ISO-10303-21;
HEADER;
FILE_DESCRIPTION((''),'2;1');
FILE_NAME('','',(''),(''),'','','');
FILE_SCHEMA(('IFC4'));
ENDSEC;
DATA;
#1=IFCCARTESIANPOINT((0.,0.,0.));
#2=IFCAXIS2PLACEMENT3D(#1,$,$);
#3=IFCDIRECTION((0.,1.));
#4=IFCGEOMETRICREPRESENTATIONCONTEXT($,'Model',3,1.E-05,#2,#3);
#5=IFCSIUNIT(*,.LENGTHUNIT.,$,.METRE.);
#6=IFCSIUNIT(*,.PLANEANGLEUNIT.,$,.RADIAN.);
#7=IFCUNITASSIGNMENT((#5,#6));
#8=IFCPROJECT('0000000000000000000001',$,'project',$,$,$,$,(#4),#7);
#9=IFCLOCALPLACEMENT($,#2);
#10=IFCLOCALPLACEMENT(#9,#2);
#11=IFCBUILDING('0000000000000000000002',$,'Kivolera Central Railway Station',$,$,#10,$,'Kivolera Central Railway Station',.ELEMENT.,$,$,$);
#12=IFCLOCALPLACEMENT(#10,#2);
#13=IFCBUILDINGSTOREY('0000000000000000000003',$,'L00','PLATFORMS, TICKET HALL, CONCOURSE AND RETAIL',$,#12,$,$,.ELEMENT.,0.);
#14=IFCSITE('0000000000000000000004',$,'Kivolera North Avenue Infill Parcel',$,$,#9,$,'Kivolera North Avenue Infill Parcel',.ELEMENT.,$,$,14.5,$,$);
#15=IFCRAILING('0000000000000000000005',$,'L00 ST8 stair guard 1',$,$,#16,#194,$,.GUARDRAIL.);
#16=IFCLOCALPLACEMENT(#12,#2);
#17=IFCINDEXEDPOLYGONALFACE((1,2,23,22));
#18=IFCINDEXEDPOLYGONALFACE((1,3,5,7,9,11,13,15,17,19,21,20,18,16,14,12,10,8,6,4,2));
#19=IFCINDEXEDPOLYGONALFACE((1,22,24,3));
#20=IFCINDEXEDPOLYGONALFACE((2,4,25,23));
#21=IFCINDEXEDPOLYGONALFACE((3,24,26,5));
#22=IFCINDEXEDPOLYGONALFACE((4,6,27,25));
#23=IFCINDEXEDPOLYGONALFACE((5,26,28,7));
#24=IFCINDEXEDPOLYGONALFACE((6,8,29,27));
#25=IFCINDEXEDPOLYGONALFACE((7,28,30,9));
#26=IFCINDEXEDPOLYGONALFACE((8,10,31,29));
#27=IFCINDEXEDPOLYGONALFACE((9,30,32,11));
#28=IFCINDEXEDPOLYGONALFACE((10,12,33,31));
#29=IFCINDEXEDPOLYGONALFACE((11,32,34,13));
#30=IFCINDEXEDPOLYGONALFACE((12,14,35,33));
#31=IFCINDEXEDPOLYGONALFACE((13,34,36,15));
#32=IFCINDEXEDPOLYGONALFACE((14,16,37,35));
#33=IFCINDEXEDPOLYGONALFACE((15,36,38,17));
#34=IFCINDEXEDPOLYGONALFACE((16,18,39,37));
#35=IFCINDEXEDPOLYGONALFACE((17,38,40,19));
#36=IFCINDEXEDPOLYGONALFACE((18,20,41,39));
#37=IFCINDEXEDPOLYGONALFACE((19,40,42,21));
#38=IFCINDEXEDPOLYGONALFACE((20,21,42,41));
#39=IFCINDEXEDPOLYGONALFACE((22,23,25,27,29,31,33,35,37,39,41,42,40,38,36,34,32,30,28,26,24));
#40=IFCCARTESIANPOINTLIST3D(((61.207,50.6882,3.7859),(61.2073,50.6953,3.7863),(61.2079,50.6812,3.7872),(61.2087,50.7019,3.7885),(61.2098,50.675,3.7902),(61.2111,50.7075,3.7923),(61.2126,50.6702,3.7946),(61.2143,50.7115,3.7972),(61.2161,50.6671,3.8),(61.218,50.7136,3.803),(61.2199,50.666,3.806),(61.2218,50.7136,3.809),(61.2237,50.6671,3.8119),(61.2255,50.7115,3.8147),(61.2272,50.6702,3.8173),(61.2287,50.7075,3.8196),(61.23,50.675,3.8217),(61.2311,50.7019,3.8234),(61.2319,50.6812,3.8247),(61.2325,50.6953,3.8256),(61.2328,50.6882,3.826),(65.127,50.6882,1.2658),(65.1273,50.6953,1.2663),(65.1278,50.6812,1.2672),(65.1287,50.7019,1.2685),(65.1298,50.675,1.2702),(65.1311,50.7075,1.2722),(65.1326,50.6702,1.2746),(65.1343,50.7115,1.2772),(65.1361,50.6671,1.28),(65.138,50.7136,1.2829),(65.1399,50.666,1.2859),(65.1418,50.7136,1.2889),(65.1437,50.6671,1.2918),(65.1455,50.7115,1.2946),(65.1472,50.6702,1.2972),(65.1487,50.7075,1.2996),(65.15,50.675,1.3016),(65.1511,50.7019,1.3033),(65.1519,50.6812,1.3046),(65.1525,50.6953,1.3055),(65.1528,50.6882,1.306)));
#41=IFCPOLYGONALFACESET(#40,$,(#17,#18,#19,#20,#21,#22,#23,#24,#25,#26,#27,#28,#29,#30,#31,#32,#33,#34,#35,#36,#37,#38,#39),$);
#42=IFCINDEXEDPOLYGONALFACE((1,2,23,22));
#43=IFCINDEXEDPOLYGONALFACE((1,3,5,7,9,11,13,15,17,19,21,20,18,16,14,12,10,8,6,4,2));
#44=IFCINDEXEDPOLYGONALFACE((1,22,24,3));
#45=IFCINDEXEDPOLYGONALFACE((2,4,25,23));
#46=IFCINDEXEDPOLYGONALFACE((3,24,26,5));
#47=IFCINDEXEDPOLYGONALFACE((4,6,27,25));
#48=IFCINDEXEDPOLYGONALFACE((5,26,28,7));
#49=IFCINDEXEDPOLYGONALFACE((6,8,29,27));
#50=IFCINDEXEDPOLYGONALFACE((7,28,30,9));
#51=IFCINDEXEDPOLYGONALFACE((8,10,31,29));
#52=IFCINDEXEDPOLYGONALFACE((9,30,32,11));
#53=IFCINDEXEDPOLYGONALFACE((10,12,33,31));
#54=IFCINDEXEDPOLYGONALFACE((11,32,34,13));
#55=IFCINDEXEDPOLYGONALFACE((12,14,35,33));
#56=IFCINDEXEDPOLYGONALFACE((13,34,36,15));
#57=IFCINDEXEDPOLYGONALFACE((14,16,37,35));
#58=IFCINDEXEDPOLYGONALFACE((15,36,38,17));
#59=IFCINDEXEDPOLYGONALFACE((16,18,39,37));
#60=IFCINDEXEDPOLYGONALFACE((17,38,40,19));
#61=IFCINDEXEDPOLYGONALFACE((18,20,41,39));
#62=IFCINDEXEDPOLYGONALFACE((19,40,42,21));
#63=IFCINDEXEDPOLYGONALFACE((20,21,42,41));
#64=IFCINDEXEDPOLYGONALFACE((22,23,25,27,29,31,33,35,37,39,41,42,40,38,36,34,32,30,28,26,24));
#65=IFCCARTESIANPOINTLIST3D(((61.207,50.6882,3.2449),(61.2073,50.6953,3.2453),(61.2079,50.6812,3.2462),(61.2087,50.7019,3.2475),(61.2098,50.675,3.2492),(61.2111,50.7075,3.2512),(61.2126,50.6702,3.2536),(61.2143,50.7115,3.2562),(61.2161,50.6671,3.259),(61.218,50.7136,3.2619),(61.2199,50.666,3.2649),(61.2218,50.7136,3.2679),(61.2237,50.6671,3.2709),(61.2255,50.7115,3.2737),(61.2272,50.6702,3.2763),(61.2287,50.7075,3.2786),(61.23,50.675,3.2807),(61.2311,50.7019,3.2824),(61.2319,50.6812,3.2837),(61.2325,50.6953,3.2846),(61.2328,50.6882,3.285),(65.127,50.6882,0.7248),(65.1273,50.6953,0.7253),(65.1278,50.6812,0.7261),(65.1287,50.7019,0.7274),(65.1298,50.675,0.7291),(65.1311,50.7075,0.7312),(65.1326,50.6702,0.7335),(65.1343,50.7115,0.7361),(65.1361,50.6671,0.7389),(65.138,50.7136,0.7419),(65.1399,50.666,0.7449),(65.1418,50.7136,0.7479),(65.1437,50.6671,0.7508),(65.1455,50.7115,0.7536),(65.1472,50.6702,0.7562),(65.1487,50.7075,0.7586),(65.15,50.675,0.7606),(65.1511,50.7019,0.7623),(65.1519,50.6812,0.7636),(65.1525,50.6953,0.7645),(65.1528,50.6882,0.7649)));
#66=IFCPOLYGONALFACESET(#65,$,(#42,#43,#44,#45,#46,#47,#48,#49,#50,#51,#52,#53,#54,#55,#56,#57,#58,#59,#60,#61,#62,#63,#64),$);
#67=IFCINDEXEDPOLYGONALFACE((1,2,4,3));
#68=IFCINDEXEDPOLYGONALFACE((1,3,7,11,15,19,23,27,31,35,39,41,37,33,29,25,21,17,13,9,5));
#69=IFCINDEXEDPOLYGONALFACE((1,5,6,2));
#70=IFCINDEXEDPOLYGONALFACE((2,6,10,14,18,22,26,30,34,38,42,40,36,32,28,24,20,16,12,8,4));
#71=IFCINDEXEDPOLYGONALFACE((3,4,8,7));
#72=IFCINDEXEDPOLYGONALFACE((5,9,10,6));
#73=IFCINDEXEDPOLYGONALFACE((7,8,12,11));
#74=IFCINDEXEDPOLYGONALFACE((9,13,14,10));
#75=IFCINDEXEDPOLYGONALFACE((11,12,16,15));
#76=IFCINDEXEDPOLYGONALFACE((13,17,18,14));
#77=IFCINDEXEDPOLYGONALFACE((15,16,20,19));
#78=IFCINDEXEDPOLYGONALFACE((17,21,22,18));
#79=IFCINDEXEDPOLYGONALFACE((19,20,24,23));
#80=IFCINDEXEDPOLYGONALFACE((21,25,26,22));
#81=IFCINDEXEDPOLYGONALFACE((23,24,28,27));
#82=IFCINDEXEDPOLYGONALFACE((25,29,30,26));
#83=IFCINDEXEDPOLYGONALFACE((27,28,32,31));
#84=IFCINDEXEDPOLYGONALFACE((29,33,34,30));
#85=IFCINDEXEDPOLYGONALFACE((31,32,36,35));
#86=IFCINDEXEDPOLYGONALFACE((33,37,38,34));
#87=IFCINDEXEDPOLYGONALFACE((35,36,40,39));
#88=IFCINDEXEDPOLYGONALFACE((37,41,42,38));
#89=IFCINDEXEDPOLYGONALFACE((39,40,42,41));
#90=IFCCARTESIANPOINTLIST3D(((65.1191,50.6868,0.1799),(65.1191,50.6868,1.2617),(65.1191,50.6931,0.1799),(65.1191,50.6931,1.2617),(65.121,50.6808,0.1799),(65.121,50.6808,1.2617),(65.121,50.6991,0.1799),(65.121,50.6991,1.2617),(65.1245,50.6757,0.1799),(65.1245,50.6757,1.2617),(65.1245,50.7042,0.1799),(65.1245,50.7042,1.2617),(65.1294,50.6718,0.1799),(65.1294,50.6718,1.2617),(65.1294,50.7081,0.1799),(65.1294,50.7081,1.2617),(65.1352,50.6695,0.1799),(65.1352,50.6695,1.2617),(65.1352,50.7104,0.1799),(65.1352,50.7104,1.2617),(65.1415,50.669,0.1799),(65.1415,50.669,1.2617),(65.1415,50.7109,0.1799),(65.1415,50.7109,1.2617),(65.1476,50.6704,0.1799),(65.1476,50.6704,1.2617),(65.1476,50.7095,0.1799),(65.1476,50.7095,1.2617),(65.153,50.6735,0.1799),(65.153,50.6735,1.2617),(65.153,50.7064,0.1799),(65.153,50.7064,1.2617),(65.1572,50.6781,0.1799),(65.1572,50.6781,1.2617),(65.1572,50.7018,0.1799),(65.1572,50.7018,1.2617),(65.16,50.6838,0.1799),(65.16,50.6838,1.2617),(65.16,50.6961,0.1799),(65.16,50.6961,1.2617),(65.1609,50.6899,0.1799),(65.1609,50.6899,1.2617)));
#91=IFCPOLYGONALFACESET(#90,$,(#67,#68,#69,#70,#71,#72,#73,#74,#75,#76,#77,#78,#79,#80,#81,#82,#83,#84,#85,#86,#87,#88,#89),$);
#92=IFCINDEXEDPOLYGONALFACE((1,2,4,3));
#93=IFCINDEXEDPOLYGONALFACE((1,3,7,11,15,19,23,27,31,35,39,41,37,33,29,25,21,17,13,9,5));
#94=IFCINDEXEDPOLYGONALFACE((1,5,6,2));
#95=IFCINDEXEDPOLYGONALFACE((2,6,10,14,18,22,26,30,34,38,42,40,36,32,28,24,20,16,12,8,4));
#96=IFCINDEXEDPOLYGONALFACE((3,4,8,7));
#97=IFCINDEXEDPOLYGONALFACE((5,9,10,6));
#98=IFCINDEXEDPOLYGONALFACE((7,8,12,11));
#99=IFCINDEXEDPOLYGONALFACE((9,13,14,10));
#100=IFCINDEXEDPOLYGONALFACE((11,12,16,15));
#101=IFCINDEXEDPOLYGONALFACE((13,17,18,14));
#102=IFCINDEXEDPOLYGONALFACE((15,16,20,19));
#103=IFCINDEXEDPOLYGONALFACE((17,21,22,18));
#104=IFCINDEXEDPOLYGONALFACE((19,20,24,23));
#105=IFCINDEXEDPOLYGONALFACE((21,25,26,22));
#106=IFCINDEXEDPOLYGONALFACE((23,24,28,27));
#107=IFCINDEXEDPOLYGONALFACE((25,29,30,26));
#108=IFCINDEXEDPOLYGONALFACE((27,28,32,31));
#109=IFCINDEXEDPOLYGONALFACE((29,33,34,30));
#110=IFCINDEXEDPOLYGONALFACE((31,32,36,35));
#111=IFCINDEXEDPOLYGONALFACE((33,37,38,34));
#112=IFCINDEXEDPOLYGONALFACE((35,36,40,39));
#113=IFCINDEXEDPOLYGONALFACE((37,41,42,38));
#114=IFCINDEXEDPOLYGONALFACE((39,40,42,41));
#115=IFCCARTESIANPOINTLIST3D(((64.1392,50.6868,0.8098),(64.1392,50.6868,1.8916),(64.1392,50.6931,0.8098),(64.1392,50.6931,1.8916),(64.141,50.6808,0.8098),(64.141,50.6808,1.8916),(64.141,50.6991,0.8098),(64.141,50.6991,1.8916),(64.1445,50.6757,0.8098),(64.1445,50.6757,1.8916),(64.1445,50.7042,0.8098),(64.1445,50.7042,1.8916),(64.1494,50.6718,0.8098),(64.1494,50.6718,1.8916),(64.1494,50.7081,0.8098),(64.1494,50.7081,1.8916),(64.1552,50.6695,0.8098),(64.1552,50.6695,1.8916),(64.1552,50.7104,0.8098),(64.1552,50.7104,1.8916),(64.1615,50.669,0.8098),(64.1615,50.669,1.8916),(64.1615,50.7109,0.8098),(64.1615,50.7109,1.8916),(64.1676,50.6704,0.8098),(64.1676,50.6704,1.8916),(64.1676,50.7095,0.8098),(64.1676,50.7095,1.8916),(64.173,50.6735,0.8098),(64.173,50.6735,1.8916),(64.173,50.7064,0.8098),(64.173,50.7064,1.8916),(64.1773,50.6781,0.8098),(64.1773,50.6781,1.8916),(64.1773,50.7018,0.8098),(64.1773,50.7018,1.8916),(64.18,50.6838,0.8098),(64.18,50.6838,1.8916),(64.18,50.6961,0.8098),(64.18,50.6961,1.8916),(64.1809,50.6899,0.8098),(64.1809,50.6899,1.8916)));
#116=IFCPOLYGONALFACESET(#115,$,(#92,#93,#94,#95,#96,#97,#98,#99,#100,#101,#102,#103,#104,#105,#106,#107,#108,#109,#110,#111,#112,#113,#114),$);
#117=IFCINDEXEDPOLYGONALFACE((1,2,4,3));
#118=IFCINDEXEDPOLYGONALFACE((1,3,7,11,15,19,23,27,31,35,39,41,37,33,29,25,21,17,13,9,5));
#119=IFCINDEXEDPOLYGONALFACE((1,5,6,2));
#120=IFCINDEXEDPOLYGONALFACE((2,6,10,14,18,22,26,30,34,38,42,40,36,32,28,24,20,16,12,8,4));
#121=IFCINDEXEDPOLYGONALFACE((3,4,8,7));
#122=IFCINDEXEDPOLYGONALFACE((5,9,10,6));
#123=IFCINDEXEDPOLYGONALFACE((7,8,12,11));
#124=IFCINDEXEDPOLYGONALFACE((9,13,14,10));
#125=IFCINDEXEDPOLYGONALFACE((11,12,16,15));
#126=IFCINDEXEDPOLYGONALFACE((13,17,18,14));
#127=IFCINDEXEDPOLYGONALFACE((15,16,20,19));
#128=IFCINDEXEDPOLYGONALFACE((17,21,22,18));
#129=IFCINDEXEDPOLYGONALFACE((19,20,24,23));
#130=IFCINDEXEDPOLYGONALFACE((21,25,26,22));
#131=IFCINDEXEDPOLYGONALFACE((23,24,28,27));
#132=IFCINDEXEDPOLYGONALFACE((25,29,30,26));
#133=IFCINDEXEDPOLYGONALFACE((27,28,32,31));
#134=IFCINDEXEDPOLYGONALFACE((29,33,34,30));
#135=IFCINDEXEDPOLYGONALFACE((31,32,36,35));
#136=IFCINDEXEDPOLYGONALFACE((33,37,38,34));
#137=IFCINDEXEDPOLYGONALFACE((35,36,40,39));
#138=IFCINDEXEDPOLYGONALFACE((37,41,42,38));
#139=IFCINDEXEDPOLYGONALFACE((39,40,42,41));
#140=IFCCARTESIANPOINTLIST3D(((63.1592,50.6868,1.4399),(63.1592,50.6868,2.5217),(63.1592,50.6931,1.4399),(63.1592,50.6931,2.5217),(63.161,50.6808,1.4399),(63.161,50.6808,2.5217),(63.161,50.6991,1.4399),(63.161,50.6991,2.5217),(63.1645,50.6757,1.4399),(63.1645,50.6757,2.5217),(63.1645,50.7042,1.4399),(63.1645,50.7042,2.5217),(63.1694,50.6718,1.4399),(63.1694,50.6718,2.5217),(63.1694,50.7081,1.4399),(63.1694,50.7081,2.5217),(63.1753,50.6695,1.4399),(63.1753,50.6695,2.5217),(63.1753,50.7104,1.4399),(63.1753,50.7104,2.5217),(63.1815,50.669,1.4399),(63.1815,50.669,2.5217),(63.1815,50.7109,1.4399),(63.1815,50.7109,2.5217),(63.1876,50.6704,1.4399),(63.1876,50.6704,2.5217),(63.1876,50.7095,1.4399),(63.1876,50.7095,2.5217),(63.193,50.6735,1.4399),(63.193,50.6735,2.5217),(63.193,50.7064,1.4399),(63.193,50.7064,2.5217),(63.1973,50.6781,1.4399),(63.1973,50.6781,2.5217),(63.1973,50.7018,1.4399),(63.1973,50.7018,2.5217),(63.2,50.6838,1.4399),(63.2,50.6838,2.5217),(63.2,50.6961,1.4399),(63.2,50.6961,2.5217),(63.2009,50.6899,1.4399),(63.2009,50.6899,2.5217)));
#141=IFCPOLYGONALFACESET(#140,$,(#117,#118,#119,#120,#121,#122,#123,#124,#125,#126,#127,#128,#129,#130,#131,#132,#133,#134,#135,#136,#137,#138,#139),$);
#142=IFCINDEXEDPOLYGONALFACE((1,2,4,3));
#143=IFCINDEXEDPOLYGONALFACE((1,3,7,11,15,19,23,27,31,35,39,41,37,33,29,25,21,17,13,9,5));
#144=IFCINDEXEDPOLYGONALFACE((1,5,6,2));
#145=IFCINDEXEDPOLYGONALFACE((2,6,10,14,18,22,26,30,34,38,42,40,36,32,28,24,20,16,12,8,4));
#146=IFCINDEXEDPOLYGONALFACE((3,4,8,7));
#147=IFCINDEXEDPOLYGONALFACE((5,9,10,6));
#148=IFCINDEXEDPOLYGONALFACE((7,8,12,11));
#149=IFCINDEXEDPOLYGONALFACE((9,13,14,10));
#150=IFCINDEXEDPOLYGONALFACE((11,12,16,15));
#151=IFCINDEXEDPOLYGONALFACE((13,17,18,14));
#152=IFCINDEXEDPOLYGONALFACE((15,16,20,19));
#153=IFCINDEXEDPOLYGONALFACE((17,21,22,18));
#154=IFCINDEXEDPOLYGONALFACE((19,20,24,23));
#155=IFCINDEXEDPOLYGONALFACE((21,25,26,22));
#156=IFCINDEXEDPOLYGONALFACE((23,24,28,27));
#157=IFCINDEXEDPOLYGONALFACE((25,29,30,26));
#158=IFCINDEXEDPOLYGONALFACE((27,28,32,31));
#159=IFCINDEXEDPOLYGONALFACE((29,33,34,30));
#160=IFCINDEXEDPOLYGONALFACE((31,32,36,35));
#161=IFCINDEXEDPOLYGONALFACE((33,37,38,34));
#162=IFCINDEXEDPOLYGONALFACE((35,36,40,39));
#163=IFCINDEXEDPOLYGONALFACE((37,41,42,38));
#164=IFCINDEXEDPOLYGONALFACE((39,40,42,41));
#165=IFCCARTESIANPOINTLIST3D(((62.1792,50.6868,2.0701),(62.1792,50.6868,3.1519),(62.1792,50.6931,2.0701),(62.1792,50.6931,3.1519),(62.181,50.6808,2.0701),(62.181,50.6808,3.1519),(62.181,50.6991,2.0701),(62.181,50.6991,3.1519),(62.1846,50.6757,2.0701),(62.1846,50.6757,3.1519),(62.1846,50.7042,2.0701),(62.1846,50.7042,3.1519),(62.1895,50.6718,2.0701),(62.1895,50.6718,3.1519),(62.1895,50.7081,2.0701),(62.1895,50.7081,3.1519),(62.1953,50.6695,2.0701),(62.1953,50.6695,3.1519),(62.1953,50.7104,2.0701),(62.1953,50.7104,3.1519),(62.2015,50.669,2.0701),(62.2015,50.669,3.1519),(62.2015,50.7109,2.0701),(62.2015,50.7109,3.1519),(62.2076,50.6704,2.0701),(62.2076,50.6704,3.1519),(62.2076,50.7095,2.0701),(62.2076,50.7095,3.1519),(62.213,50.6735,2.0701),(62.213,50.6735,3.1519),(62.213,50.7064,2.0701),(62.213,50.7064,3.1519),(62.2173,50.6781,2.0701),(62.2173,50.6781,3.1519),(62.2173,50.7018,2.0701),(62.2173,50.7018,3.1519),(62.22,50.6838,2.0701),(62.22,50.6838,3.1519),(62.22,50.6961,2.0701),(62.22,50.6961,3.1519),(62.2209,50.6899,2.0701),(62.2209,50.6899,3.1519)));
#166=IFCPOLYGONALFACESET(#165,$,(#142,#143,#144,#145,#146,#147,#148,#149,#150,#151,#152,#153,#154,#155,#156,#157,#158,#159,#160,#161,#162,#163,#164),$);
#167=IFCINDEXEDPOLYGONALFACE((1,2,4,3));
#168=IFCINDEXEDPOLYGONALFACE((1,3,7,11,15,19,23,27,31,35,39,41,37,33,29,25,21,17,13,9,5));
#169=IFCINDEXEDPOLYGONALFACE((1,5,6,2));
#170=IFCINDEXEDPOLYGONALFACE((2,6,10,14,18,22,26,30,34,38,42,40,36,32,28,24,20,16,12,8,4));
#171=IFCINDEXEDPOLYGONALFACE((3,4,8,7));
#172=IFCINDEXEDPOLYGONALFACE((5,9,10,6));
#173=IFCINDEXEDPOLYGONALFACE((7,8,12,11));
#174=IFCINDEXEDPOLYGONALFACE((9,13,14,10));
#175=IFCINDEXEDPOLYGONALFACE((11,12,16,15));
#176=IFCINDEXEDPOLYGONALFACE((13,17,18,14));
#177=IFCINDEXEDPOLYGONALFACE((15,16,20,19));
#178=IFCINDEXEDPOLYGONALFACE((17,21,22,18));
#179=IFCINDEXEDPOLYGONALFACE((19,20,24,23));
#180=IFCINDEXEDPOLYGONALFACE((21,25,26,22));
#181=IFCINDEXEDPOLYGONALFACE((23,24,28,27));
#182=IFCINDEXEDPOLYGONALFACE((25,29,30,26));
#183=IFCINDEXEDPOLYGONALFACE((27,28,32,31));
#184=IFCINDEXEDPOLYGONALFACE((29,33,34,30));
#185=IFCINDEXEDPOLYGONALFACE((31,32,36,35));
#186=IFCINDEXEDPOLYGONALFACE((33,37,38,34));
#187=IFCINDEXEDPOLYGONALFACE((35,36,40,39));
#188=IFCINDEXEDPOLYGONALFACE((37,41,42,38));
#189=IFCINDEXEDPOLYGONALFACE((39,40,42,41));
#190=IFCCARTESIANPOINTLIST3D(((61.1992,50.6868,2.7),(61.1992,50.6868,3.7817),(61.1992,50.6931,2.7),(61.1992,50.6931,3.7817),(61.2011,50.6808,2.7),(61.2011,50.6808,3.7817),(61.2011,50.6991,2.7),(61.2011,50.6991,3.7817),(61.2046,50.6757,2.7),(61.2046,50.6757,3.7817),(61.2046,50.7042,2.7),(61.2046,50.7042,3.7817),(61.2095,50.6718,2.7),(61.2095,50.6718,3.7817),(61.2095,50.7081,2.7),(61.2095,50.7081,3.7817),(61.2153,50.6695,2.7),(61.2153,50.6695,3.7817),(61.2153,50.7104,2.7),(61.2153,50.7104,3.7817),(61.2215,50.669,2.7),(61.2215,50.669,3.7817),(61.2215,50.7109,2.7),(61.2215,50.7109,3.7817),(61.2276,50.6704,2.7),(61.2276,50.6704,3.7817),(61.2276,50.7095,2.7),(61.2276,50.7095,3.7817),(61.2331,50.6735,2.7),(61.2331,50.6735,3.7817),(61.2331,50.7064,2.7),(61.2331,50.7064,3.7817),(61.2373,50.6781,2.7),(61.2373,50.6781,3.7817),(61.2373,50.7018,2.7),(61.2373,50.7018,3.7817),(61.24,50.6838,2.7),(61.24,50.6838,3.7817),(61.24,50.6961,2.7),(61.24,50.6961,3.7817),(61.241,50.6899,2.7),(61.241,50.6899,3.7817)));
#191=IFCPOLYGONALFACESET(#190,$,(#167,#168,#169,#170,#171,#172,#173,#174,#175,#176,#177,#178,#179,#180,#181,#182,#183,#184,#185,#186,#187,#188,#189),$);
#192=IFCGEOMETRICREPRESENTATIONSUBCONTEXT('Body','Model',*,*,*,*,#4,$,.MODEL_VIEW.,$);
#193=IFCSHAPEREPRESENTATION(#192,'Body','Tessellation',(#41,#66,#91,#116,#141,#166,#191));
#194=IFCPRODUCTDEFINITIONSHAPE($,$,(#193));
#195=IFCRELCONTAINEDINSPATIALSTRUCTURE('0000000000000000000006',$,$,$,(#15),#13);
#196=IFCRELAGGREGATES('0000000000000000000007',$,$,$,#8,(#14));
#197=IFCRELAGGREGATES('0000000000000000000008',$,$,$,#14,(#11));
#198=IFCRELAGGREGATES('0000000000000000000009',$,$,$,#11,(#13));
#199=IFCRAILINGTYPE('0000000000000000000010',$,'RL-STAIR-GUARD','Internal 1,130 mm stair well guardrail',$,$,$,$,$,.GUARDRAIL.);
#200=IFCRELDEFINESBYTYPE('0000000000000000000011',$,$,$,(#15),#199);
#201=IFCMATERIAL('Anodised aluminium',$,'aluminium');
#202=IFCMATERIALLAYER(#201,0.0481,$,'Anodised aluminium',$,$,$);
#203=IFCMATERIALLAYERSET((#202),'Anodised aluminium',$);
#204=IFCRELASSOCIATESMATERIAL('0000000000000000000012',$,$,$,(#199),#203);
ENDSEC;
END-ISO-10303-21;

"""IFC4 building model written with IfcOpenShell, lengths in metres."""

from ifc_helpers import new_model, si_unit, direction, frame, origin, origin_2d, place, context, subcontext, project, spatial, circle, extrude, material, layer, layer_set, type_object, element, save


model = new_model("IFC4")

# Units and contexts
model_context = context("Model", 3, precision=1e-05, world=origin(), true_north=direction((0.0, 1.0)))
body_context = subcontext(model_context, "Body", "Model", "MODEL_VIEW")
ifc_project = project(units=[si_unit("LENGTHUNIT", "METRE"), si_unit("PLANEANGLEUNIT", "RADIAN")], contexts=[model_context])

# Site, building, storey
site_placement = place(None, origin())
site = spatial("IfcSite", under=ifc_project, at=site_placement, Name="Kivolera North Avenue Infill Parcel", LongName="Kivolera North Avenue Infill Parcel", CompositionType="ELEMENT", RefElevation=14.5)
building_placement = place(site_placement, origin())
building = spatial("IfcBuilding", under=site, at=building_placement, Name="Kivolera Central Railway Station", LongName="Kivolera Central Railway Station", CompositionType="ELEMENT")
storey_placement = place(building_placement, origin())
storey = spatial("IfcBuildingStorey", under=building, at=storey_placement, Name="L00", Description="PLATFORMS, TICKET HALL, CONCOURSE AND RETAIL", CompositionType="ELEMENT", Elevation=0.0)

# Railing
ifc_material_1 = material(Name="Anodised aluminium", Category="aluminium")
ifc_layer_1 = layer(ifc_material_1, 0.0481, Name="Anodised aluminium")
ifc_layer_set_1 = layer_set([ifc_layer_1], Name="Anodised aluminium")
railing_type_1 = type_object("IfcRailingType", Name="RL-STAIR-GUARD", Description="Internal 1,130 mm stair well guardrail", PredefinedType="GUARDRAIL", material=ifc_layer_set_1)
railing_1_placement = place(storey_placement, frame((65.1399, 50.6899, 0.1799)))
element("IfcRailing", 1, at=railing_1_placement, inside=storey, type_object=railing_type_1, Name="L00 ST8 stair guard 1", PredefinedType="GUARDRAIL", context=body_context, shape_type="SweptSolid", body=[
    extrude(circle(Radius=0.0239, at=origin_2d()), frame((0.0, 0.0, 1.106), z_axis=(-0.841172, 0.0, 0.540768), x_axis=(0.0, -1.0, 0.0)), (0.0, 0.0, 1.0), 4.6602),
    extrude(circle(Radius=0.0239, at=origin_2d()), frame((0.0, 0.0, 0.5649), z_axis=(-0.841172, 0.0, 0.540768), x_axis=(0.0, -1.0, 0.0)), (0.0, 0.0, 1.0), 4.6602),
    extrude(circle(Radius=0.021, at=origin_2d()), origin(), (0.0, 0.0, 1.0), 1.0818),
    extrude(circle(Radius=0.021, at=origin_2d()), frame((-0.98, 0.0, 0.6299)), (0.0, 0.0, 1.0), 1.0818),
    extrude(circle(Radius=0.021, at=origin_2d()), frame((-1.96, 0.0, 1.26)), (0.0, 0.0, 1.0), 1.0818),
    extrude(circle(Radius=0.021, at=origin_2d()), frame((-2.9399, 0.0, 1.8901)), (0.0, 0.0, 1.0), 1.0818),
    extrude(circle(Radius=0.021, at=origin_2d()), frame((-3.9199, 0.0, 2.52)), (0.0, 0.0, 1.0), 1.0818),
])

save(model, "model.ifc")
